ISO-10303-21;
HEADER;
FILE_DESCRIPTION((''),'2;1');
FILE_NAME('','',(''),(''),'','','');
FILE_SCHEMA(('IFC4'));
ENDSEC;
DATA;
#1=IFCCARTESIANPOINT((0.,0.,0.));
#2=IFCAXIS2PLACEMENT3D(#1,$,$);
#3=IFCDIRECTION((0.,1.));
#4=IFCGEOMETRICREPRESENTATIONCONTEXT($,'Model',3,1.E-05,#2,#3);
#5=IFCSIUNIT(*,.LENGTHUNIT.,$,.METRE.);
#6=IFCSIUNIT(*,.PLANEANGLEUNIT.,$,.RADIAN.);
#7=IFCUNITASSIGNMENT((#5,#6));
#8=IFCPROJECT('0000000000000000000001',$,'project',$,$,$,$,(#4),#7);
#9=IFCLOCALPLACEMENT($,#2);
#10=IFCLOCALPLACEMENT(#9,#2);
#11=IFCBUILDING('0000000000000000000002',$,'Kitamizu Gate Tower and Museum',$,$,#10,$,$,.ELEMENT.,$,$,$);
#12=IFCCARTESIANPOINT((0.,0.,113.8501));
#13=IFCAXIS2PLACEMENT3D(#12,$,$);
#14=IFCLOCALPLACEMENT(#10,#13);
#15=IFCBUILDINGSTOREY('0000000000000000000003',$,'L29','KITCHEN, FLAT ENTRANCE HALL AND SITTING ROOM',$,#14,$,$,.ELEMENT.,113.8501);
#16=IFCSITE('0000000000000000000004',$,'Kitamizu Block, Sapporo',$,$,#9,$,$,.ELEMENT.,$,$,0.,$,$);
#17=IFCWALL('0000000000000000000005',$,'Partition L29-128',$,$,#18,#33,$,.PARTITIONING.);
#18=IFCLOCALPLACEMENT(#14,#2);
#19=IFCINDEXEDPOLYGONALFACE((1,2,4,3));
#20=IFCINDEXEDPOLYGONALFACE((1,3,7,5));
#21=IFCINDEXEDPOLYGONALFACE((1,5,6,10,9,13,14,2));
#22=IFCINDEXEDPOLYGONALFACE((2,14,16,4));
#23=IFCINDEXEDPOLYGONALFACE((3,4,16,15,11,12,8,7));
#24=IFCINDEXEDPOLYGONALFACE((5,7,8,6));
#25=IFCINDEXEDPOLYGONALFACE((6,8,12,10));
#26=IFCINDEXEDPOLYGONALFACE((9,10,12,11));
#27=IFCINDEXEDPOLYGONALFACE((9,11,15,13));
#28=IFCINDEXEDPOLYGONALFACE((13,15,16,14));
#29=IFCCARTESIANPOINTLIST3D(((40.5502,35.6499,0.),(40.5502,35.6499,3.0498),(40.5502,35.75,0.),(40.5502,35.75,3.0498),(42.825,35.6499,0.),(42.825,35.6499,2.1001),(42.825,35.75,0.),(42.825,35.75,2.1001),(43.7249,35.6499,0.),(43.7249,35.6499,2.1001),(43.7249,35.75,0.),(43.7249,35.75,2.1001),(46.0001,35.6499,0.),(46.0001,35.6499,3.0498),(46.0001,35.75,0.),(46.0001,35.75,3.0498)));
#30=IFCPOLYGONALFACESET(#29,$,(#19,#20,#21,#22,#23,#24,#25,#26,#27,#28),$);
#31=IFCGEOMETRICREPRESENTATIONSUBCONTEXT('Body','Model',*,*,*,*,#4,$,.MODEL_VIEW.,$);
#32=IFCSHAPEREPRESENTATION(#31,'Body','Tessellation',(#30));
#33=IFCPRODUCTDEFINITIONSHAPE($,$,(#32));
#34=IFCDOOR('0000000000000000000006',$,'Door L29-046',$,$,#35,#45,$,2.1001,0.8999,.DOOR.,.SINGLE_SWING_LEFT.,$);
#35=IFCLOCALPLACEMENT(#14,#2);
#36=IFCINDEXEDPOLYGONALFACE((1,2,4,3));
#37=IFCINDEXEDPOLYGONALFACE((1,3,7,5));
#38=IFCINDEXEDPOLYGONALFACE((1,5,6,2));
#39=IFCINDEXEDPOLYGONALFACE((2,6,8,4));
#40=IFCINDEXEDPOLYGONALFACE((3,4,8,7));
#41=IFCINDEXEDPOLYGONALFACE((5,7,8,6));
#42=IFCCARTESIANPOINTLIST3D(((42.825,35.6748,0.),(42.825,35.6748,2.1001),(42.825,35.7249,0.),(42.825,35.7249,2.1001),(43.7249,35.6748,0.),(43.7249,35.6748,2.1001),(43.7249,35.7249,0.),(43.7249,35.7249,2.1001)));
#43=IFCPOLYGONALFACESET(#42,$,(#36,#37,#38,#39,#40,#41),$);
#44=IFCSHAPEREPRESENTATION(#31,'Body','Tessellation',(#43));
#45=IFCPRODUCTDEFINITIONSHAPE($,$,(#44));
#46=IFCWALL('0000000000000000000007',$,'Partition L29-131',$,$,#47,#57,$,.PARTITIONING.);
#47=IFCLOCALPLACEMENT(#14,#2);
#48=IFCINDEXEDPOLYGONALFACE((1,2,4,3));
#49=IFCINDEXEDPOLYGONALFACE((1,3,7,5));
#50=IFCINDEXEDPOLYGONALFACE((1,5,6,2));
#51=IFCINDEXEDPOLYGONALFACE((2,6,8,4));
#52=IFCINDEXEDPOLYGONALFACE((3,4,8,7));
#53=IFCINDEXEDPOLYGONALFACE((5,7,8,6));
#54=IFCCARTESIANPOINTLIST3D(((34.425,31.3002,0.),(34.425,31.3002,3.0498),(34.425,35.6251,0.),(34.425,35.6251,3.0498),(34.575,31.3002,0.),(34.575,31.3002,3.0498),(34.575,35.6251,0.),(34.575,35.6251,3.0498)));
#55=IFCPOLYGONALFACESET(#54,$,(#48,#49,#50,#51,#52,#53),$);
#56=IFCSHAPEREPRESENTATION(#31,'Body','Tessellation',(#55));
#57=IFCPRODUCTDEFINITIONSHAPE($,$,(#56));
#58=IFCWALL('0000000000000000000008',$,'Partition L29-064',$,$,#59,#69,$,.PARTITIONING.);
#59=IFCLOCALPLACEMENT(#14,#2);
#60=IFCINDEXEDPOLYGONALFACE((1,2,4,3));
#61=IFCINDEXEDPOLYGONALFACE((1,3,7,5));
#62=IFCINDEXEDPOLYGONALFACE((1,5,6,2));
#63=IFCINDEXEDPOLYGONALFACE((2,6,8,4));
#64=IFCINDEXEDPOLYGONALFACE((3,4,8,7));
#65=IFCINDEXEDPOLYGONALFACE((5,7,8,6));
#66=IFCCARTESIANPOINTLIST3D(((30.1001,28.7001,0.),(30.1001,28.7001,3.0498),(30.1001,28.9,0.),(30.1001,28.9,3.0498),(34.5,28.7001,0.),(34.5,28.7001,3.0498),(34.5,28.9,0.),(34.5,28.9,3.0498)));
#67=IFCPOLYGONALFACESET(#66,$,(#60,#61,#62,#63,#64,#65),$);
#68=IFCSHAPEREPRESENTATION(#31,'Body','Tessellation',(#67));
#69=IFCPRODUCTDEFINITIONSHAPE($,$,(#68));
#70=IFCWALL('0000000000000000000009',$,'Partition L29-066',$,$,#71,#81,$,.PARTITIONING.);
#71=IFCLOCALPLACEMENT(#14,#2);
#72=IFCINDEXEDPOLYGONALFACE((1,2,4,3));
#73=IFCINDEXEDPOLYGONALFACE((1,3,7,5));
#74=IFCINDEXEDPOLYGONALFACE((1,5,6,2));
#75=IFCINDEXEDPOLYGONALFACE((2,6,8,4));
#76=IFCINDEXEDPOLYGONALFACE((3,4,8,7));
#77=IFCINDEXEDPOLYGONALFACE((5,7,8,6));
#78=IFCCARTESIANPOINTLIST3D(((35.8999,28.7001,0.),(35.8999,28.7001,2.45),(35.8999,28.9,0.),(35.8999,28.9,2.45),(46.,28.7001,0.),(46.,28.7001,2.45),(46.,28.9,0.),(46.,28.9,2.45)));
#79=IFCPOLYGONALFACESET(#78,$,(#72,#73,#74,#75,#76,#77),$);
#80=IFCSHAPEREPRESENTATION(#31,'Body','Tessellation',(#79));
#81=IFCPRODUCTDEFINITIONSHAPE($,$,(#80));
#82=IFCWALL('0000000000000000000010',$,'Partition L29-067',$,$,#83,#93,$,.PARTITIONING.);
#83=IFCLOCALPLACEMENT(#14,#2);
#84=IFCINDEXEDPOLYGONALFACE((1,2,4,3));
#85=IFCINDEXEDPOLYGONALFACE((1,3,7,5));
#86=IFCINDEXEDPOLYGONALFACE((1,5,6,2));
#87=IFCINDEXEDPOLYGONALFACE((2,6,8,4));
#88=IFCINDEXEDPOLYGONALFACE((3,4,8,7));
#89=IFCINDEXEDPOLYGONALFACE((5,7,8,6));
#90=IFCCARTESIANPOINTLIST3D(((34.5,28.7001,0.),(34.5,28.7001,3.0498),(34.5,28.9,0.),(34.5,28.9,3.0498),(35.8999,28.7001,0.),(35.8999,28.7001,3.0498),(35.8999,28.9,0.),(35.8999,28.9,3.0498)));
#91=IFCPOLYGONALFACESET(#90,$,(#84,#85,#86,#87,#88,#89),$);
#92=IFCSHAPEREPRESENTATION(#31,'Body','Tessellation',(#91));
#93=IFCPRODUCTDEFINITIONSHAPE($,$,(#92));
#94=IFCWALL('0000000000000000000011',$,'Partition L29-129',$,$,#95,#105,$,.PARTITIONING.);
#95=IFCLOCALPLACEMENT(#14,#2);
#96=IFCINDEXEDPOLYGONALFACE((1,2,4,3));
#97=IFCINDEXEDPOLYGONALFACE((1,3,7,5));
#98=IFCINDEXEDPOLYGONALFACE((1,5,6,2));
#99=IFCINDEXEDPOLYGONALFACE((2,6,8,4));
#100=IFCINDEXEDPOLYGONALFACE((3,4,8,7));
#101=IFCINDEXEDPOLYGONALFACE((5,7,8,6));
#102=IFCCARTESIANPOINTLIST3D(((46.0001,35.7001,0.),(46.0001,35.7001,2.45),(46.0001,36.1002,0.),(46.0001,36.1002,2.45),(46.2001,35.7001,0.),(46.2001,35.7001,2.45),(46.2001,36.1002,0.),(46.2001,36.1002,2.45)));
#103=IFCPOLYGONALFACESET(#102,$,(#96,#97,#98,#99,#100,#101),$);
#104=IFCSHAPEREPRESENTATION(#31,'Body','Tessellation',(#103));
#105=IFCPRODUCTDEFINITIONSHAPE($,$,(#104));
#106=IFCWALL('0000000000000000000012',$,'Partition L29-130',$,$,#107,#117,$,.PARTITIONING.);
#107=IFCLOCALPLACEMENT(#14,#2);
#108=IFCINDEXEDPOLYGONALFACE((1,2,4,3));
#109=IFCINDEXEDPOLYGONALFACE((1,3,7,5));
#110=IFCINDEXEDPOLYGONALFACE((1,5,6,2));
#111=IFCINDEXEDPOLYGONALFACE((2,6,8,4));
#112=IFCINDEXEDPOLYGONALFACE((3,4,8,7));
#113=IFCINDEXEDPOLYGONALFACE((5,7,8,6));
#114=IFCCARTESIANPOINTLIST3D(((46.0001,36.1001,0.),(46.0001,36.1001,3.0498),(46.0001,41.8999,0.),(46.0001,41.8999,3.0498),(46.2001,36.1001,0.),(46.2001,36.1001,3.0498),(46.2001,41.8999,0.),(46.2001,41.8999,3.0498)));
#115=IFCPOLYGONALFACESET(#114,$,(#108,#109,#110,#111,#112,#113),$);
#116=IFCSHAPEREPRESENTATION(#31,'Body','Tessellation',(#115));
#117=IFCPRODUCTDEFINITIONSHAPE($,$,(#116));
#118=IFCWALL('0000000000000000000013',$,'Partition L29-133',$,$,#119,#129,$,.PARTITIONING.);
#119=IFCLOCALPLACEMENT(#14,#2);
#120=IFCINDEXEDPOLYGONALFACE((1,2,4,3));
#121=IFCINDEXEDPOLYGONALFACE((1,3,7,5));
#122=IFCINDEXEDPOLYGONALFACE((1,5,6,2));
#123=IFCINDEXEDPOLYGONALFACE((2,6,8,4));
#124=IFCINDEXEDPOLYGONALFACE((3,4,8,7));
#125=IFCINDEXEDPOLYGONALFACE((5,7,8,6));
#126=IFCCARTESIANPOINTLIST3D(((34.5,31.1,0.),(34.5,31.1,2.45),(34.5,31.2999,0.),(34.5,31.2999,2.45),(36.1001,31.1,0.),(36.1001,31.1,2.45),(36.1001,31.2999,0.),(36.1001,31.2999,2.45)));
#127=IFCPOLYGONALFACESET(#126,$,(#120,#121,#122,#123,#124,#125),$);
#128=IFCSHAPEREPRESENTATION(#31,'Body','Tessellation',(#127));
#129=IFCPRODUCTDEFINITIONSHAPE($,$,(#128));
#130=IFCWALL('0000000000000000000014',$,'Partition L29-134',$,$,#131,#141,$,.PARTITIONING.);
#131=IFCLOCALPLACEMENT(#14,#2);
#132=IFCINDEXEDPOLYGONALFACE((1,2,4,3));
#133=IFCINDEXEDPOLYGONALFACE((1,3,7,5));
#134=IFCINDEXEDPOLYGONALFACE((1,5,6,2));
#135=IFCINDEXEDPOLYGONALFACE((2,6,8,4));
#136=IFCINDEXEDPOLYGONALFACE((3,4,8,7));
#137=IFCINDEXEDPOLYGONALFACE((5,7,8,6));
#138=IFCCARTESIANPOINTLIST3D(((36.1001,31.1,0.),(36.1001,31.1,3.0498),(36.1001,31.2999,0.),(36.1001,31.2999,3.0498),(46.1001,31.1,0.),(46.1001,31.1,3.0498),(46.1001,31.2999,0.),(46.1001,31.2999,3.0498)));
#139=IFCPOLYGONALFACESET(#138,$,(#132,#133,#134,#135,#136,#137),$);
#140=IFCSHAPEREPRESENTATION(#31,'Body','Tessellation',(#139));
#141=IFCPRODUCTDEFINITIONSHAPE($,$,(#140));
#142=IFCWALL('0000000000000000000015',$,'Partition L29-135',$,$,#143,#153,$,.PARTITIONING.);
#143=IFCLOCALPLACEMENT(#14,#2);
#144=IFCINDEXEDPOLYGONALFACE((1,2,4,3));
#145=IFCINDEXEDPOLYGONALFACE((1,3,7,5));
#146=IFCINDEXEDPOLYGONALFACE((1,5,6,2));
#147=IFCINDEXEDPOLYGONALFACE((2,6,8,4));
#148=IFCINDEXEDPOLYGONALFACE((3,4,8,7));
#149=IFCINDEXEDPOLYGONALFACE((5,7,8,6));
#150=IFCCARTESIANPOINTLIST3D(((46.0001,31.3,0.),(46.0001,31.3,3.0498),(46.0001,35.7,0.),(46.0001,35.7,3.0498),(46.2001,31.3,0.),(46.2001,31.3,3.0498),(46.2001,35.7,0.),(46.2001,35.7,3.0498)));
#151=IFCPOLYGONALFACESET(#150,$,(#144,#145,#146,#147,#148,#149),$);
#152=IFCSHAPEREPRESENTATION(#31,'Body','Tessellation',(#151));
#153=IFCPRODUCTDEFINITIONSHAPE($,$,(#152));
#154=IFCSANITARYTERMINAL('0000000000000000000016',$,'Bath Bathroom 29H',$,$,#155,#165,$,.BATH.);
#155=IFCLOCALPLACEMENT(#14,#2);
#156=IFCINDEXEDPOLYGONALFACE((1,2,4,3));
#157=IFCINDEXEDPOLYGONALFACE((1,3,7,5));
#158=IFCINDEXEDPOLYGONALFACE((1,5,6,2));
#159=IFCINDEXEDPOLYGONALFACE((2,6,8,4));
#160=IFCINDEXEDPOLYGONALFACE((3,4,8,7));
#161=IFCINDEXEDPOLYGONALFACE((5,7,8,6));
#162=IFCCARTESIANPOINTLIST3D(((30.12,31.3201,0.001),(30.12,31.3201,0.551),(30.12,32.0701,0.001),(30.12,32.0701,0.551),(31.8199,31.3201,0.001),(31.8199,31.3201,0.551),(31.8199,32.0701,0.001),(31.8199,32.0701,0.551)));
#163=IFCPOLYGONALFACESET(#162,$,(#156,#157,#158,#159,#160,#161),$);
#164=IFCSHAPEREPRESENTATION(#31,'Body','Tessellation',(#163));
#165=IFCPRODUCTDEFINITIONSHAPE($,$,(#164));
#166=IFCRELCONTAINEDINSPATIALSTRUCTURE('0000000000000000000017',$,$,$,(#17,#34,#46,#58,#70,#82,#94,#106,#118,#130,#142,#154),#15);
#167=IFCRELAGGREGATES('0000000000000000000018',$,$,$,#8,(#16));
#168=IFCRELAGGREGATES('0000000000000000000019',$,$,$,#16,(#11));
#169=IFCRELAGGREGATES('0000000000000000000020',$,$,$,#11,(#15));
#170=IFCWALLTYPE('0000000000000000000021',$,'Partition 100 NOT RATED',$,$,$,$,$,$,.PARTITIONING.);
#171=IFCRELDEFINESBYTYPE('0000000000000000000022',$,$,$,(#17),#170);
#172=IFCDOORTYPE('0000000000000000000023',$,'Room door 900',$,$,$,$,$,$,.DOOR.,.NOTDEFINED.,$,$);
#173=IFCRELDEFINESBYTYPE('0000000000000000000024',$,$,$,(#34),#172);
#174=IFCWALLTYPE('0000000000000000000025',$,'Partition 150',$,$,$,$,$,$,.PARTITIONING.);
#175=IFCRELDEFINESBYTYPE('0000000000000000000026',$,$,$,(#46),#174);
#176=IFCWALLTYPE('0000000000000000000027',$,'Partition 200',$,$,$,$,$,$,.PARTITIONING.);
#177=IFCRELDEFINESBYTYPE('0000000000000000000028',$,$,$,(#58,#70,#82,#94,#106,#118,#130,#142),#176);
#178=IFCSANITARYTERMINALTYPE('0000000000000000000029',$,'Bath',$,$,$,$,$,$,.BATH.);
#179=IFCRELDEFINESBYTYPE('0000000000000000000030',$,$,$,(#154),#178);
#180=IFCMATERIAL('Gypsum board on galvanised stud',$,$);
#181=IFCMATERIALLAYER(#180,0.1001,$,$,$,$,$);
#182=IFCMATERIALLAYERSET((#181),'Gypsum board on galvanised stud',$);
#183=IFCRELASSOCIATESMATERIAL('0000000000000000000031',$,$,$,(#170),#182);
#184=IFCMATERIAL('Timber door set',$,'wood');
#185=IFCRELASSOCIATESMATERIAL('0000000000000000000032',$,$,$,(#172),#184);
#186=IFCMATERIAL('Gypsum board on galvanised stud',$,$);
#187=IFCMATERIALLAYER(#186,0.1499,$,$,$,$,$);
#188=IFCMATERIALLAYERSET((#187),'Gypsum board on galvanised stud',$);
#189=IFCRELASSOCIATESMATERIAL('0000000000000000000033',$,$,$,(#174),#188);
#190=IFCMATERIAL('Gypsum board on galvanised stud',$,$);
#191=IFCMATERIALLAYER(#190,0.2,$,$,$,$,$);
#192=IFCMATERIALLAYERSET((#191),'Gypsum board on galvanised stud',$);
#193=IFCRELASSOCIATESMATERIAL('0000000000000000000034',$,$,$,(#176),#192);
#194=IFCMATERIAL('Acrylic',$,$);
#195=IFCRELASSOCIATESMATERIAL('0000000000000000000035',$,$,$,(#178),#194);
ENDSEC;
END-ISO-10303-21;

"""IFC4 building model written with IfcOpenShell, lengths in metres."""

from ifc_helpers import new_model, si_unit, direction, frame, frame_2d, origin, origin_2d, place, context, subcontext, project, spatial, rectangle, extrude, material, layer, layer_set, type_object, element, fill, save


model = new_model("IFC4")

# Units and contexts
model_context = context("Model", 3, precision=1e-05, world=origin(), true_north=direction((0.0, 1.0)))
body_context = subcontext(model_context, "Body", "Model", "MODEL_VIEW")
ifc_project = project(units=[si_unit("LENGTHUNIT", "METRE"), si_unit("PLANEANGLEUNIT", "RADIAN")], contexts=[model_context])

# Site, building, storey
site_placement = place(None, origin())
site = spatial("IfcSite", under=ifc_project, at=site_placement, Name="Kitamizu Block, Sapporo", CompositionType="ELEMENT", RefElevation=0.0)
building_placement = place(site_placement, origin())
building = spatial("IfcBuilding", under=site, at=building_placement, Name="Kitamizu Gate Tower and Museum", CompositionType="ELEMENT")
storey_placement = place(building_placement, frame((0.0, 0.0, 113.8501)))
storey = spatial("IfcBuildingStorey", under=building, at=storey_placement, Name="L29", Description="KITCHEN, FLAT ENTRANCE HALL AND SITTING ROOM", CompositionType="ELEMENT", Elevation=113.8501)

# Shared definitions
ifc_material_1 = material(Name="Gypsum board on galvanised stud")
ifc_layer_1 = layer(ifc_material_1, 0.1001)
ifc_layer_set_1 = layer_set([ifc_layer_1], Name="Gypsum board on galvanised stud")
wall_type_1 = type_object("IfcWallType", Name="Partition 100 NOT RATED", PredefinedType="PARTITIONING", material=ifc_layer_set_1)

# Shared definitions
ifc_material_2 = material(Name="Timber door set", Category="wood")
door_type = type_object("IfcDoorType", Name="Room door 900", OperationType="NOTDEFINED", PredefinedType="DOOR", material=ifc_material_2)

# Wall, opening, door
wall_1_placement = place(storey_placement, frame((40.55, 35.7, 0.0), z_axis=(0.0, 0.0, 1.0), x_axis=(1.0, 0.0, 0.0)))
wall_1 = element("IfcWall", 1, at=wall_1_placement, inside=storey, type_object=wall_type_1, Name="Partition L29-128", PredefinedType="PARTITIONING", context=body_context, shape_type="SweptSolid", body=[
    extrude(rectangle(XDim=5.45, YDim=0.1001, at=frame_2d((2.7251, 0.0))), origin(), (0.0, 0.0, 1.0), 3.0498),
])
opening_1_placement = place(wall_1_placement, frame((2.2749, 0.0, 0.0)))
opening_1 = element("IfcOpeningElement", 2, at=opening_1_placement, cuts=wall_1, PredefinedType="OPENING", context=body_context, shape_type="SweptSolid", body=[
    extrude(rectangle(XDim=0.8999, YDim=2.1001, at=frame_2d((0.45, 1.05))), frame((0.0, 0.0601, 0.0), z_axis=(0.0, -1.0, 0.0), x_axis=(1.0, 0.0, 0.0)), (0.0, 0.0, 1.0), 0.1201),
])
door_1_placement = place(opening_1_placement, origin())
door_1 = element("IfcDoor", 3, at=door_1_placement, inside=storey, type_object=door_type, Name="Door L29-046", OperationType="SINGLE_SWING_LEFT", OverallHeight=2.1001, OverallWidth=0.8999, PredefinedType="DOOR", context=body_context, shape_type="SweptSolid", body=[
    extrude(rectangle(XDim=0.8999, YDim=2.1001, at=frame_2d((0.45, 1.05))), frame((0.0, 0.0249, 0.0), z_axis=(0.0, -1.0, 0.0), x_axis=(1.0, 0.0, 0.0)), (0.0, 0.0, 1.0), 0.05),
])
fill(opening_1, door_1)

# Walls
ifc_material_3 = material(Name="Gypsum board on galvanised stud")
ifc_layer_2 = layer(ifc_material_3, 0.1499)
ifc_layer_set_2 = layer_set([ifc_layer_2], Name="Gypsum board on galvanised stud")
wall_type_2 = type_object("IfcWallType", Name="Partition 150", PredefinedType="PARTITIONING", material=ifc_layer_set_2)
wall_2_placement = place(storey_placement, frame((34.5, 31.3, 0.0), z_axis=(0.0, 0.0, 1.0), x_axis=(0.0, 1.0, 0.0)))
element("IfcWall", 4, at=wall_2_placement, inside=storey, type_object=wall_type_2, Name="Partition L29-131", PredefinedType="PARTITIONING", context=body_context, shape_type="SweptSolid", body=[
    extrude(rectangle(XDim=4.325, YDim=0.1499, at=frame_2d((2.1626, 0.0))), origin(), (0.0, 0.0, 1.0), 3.0498),
])
ifc_material_4 = material(Name="Gypsum board on galvanised stud")
ifc_layer_3 = layer(ifc_material_4, 0.2)
ifc_layer_set_3 = layer_set([ifc_layer_3], Name="Gypsum board on galvanised stud")
wall_type_3 = type_object("IfcWallType", Name="Partition 200", PredefinedType="PARTITIONING", material=ifc_layer_set_3)
wall_3_placement = place(storey_placement, frame((34.5, 28.8, 0.0), z_axis=(0.0, 0.0, 1.0), x_axis=(-1.0, 0.0, 0.0)))
element("IfcWall", 5, at=wall_3_placement, inside=storey, type_object=wall_type_3, Name="Partition L29-064", PredefinedType="PARTITIONING", context=body_context, shape_type="SweptSolid", body=[
    extrude(rectangle(XDim=4.3999, YDim=0.2, at=frame_2d((2.2, 0.0))), origin(), (0.0, 0.0, 1.0), 3.0498),
])
wall_4_placement = place(storey_placement, frame((46.0, 28.8, 0.0), z_axis=(0.0, 0.0, 1.0), x_axis=(-1.0, 0.0, 0.0)))
element("IfcWall", 6, at=wall_4_placement, inside=storey, type_object=wall_type_3, Name="Partition L29-066", PredefinedType="PARTITIONING", context=body_context, shape_type="SweptSolid", body=[
    extrude(rectangle(XDim=10.1001, YDim=0.2, at=frame_2d((5.05, 0.0))), origin(), (0.0, 0.0, 1.0), 2.45),
])
wall_5_placement = place(storey_placement, frame((35.8999, 28.8, 0.0), z_axis=(0.0, 0.0, 1.0), x_axis=(-1.0, 0.0, 0.0)))
element("IfcWall", 7, at=wall_5_placement, inside=storey, type_object=wall_type_3, Name="Partition L29-067", PredefinedType="PARTITIONING", context=body_context, shape_type="SweptSolid", body=[
    extrude(rectangle(XDim=1.3999, YDim=0.2, at=frame_2d((0.7, 0.0))), origin(), (0.0, 0.0, 1.0), 3.0498),
])
wall_6_placement = place(storey_placement, frame((46.1001, 35.7, 0.0), z_axis=(0.0, 0.0, 1.0), x_axis=(0.0, 1.0, 0.0)))
element("IfcWall", 8, at=wall_6_placement, inside=storey, type_object=wall_type_3, Name="Partition L29-129", PredefinedType="PARTITIONING", context=body_context, shape_type="SweptSolid", body=[
    extrude(rectangle(XDim=0.4001, YDim=0.2, at=frame_2d((0.2002, 0.0))), origin(), (0.0, 0.0, 1.0), 2.45),
])
wall_7_placement = place(storey_placement, frame((46.1001, 36.1001, 0.0), z_axis=(0.0, 0.0, 1.0), x_axis=(0.0, 1.0, 0.0)))
element("IfcWall", 9, at=wall_7_placement, inside=storey, type_object=wall_type_3, Name="Partition L29-130", PredefinedType="PARTITIONING", context=body_context, shape_type="SweptSolid", body=[
    extrude(rectangle(XDim=5.7998, YDim=0.2, at=frame_2d((2.8999, 0.0))), origin(), (0.0, 0.0, 1.0), 3.0498),
])
wall_8_placement = place(storey_placement, frame((34.5, 31.2, 0.0), z_axis=(0.0, 0.0, 1.0), x_axis=(1.0, 0.0, 0.0)))
element("IfcWall", 10, at=wall_8_placement, inside=storey, type_object=wall_type_3, Name="Partition L29-133", PredefinedType="PARTITIONING", context=body_context, shape_type="SweptSolid", body=[
    extrude(rectangle(XDim=1.6001, YDim=0.2, at=frame_2d((0.8, 0.0))), origin(), (0.0, 0.0, 1.0), 2.45),
])
wall_9_placement = place(storey_placement, frame((36.1001, 31.2, 0.0), z_axis=(0.0, 0.0, 1.0), x_axis=(1.0, 0.0, 0.0)))
element("IfcWall", 11, at=wall_9_placement, inside=storey, type_object=wall_type_3, Name="Partition L29-134", PredefinedType="PARTITIONING", context=body_context, shape_type="SweptSolid", body=[
    extrude(rectangle(XDim=10.0, YDim=0.2, at=frame_2d((5.0, 0.0))), origin(), (0.0, 0.0, 1.0), 3.0498),
])
wall_10_placement = place(storey_placement, frame((46.1001, 31.3, 0.0), z_axis=(0.0, 0.0, 1.0), x_axis=(0.0, 1.0, 0.0)))
element("IfcWall", 12, at=wall_10_placement, inside=storey, type_object=wall_type_3, Name="Partition L29-135", PredefinedType="PARTITIONING", context=body_context, shape_type="SweptSolid", body=[
    extrude(rectangle(XDim=4.3999, YDim=0.2, at=frame_2d((2.2, 0.0))), origin(), (0.0, 0.0, 1.0), 3.0498),
])

# Sanitary terminal
ifc_material_5 = material(Name="Acrylic")
sanitary_terminal_type = type_object("IfcSanitaryTerminalType", Name="Bath", PredefinedType="BATH", material=ifc_material_5)
sanitary_terminal_placement = place(storey_placement, frame((30.97, 31.6951, 0.001), z_axis=(0.0, 0.0, 1.0), x_axis=(1.0, 0.0, 0.0)))
element("IfcSanitaryTerminal", 13, at=sanitary_terminal_placement, inside=storey, type_object=sanitary_terminal_type, Name="Bath Bathroom 29H", PredefinedType="BATH", context=body_context, shape_type="SweptSolid", body=[
    extrude(rectangle(XDim=1.7, YDim=0.75, at=origin_2d()), origin(), (0.0, 0.0, 1.0), 0.55),
])

save(model, "model.ifc")
